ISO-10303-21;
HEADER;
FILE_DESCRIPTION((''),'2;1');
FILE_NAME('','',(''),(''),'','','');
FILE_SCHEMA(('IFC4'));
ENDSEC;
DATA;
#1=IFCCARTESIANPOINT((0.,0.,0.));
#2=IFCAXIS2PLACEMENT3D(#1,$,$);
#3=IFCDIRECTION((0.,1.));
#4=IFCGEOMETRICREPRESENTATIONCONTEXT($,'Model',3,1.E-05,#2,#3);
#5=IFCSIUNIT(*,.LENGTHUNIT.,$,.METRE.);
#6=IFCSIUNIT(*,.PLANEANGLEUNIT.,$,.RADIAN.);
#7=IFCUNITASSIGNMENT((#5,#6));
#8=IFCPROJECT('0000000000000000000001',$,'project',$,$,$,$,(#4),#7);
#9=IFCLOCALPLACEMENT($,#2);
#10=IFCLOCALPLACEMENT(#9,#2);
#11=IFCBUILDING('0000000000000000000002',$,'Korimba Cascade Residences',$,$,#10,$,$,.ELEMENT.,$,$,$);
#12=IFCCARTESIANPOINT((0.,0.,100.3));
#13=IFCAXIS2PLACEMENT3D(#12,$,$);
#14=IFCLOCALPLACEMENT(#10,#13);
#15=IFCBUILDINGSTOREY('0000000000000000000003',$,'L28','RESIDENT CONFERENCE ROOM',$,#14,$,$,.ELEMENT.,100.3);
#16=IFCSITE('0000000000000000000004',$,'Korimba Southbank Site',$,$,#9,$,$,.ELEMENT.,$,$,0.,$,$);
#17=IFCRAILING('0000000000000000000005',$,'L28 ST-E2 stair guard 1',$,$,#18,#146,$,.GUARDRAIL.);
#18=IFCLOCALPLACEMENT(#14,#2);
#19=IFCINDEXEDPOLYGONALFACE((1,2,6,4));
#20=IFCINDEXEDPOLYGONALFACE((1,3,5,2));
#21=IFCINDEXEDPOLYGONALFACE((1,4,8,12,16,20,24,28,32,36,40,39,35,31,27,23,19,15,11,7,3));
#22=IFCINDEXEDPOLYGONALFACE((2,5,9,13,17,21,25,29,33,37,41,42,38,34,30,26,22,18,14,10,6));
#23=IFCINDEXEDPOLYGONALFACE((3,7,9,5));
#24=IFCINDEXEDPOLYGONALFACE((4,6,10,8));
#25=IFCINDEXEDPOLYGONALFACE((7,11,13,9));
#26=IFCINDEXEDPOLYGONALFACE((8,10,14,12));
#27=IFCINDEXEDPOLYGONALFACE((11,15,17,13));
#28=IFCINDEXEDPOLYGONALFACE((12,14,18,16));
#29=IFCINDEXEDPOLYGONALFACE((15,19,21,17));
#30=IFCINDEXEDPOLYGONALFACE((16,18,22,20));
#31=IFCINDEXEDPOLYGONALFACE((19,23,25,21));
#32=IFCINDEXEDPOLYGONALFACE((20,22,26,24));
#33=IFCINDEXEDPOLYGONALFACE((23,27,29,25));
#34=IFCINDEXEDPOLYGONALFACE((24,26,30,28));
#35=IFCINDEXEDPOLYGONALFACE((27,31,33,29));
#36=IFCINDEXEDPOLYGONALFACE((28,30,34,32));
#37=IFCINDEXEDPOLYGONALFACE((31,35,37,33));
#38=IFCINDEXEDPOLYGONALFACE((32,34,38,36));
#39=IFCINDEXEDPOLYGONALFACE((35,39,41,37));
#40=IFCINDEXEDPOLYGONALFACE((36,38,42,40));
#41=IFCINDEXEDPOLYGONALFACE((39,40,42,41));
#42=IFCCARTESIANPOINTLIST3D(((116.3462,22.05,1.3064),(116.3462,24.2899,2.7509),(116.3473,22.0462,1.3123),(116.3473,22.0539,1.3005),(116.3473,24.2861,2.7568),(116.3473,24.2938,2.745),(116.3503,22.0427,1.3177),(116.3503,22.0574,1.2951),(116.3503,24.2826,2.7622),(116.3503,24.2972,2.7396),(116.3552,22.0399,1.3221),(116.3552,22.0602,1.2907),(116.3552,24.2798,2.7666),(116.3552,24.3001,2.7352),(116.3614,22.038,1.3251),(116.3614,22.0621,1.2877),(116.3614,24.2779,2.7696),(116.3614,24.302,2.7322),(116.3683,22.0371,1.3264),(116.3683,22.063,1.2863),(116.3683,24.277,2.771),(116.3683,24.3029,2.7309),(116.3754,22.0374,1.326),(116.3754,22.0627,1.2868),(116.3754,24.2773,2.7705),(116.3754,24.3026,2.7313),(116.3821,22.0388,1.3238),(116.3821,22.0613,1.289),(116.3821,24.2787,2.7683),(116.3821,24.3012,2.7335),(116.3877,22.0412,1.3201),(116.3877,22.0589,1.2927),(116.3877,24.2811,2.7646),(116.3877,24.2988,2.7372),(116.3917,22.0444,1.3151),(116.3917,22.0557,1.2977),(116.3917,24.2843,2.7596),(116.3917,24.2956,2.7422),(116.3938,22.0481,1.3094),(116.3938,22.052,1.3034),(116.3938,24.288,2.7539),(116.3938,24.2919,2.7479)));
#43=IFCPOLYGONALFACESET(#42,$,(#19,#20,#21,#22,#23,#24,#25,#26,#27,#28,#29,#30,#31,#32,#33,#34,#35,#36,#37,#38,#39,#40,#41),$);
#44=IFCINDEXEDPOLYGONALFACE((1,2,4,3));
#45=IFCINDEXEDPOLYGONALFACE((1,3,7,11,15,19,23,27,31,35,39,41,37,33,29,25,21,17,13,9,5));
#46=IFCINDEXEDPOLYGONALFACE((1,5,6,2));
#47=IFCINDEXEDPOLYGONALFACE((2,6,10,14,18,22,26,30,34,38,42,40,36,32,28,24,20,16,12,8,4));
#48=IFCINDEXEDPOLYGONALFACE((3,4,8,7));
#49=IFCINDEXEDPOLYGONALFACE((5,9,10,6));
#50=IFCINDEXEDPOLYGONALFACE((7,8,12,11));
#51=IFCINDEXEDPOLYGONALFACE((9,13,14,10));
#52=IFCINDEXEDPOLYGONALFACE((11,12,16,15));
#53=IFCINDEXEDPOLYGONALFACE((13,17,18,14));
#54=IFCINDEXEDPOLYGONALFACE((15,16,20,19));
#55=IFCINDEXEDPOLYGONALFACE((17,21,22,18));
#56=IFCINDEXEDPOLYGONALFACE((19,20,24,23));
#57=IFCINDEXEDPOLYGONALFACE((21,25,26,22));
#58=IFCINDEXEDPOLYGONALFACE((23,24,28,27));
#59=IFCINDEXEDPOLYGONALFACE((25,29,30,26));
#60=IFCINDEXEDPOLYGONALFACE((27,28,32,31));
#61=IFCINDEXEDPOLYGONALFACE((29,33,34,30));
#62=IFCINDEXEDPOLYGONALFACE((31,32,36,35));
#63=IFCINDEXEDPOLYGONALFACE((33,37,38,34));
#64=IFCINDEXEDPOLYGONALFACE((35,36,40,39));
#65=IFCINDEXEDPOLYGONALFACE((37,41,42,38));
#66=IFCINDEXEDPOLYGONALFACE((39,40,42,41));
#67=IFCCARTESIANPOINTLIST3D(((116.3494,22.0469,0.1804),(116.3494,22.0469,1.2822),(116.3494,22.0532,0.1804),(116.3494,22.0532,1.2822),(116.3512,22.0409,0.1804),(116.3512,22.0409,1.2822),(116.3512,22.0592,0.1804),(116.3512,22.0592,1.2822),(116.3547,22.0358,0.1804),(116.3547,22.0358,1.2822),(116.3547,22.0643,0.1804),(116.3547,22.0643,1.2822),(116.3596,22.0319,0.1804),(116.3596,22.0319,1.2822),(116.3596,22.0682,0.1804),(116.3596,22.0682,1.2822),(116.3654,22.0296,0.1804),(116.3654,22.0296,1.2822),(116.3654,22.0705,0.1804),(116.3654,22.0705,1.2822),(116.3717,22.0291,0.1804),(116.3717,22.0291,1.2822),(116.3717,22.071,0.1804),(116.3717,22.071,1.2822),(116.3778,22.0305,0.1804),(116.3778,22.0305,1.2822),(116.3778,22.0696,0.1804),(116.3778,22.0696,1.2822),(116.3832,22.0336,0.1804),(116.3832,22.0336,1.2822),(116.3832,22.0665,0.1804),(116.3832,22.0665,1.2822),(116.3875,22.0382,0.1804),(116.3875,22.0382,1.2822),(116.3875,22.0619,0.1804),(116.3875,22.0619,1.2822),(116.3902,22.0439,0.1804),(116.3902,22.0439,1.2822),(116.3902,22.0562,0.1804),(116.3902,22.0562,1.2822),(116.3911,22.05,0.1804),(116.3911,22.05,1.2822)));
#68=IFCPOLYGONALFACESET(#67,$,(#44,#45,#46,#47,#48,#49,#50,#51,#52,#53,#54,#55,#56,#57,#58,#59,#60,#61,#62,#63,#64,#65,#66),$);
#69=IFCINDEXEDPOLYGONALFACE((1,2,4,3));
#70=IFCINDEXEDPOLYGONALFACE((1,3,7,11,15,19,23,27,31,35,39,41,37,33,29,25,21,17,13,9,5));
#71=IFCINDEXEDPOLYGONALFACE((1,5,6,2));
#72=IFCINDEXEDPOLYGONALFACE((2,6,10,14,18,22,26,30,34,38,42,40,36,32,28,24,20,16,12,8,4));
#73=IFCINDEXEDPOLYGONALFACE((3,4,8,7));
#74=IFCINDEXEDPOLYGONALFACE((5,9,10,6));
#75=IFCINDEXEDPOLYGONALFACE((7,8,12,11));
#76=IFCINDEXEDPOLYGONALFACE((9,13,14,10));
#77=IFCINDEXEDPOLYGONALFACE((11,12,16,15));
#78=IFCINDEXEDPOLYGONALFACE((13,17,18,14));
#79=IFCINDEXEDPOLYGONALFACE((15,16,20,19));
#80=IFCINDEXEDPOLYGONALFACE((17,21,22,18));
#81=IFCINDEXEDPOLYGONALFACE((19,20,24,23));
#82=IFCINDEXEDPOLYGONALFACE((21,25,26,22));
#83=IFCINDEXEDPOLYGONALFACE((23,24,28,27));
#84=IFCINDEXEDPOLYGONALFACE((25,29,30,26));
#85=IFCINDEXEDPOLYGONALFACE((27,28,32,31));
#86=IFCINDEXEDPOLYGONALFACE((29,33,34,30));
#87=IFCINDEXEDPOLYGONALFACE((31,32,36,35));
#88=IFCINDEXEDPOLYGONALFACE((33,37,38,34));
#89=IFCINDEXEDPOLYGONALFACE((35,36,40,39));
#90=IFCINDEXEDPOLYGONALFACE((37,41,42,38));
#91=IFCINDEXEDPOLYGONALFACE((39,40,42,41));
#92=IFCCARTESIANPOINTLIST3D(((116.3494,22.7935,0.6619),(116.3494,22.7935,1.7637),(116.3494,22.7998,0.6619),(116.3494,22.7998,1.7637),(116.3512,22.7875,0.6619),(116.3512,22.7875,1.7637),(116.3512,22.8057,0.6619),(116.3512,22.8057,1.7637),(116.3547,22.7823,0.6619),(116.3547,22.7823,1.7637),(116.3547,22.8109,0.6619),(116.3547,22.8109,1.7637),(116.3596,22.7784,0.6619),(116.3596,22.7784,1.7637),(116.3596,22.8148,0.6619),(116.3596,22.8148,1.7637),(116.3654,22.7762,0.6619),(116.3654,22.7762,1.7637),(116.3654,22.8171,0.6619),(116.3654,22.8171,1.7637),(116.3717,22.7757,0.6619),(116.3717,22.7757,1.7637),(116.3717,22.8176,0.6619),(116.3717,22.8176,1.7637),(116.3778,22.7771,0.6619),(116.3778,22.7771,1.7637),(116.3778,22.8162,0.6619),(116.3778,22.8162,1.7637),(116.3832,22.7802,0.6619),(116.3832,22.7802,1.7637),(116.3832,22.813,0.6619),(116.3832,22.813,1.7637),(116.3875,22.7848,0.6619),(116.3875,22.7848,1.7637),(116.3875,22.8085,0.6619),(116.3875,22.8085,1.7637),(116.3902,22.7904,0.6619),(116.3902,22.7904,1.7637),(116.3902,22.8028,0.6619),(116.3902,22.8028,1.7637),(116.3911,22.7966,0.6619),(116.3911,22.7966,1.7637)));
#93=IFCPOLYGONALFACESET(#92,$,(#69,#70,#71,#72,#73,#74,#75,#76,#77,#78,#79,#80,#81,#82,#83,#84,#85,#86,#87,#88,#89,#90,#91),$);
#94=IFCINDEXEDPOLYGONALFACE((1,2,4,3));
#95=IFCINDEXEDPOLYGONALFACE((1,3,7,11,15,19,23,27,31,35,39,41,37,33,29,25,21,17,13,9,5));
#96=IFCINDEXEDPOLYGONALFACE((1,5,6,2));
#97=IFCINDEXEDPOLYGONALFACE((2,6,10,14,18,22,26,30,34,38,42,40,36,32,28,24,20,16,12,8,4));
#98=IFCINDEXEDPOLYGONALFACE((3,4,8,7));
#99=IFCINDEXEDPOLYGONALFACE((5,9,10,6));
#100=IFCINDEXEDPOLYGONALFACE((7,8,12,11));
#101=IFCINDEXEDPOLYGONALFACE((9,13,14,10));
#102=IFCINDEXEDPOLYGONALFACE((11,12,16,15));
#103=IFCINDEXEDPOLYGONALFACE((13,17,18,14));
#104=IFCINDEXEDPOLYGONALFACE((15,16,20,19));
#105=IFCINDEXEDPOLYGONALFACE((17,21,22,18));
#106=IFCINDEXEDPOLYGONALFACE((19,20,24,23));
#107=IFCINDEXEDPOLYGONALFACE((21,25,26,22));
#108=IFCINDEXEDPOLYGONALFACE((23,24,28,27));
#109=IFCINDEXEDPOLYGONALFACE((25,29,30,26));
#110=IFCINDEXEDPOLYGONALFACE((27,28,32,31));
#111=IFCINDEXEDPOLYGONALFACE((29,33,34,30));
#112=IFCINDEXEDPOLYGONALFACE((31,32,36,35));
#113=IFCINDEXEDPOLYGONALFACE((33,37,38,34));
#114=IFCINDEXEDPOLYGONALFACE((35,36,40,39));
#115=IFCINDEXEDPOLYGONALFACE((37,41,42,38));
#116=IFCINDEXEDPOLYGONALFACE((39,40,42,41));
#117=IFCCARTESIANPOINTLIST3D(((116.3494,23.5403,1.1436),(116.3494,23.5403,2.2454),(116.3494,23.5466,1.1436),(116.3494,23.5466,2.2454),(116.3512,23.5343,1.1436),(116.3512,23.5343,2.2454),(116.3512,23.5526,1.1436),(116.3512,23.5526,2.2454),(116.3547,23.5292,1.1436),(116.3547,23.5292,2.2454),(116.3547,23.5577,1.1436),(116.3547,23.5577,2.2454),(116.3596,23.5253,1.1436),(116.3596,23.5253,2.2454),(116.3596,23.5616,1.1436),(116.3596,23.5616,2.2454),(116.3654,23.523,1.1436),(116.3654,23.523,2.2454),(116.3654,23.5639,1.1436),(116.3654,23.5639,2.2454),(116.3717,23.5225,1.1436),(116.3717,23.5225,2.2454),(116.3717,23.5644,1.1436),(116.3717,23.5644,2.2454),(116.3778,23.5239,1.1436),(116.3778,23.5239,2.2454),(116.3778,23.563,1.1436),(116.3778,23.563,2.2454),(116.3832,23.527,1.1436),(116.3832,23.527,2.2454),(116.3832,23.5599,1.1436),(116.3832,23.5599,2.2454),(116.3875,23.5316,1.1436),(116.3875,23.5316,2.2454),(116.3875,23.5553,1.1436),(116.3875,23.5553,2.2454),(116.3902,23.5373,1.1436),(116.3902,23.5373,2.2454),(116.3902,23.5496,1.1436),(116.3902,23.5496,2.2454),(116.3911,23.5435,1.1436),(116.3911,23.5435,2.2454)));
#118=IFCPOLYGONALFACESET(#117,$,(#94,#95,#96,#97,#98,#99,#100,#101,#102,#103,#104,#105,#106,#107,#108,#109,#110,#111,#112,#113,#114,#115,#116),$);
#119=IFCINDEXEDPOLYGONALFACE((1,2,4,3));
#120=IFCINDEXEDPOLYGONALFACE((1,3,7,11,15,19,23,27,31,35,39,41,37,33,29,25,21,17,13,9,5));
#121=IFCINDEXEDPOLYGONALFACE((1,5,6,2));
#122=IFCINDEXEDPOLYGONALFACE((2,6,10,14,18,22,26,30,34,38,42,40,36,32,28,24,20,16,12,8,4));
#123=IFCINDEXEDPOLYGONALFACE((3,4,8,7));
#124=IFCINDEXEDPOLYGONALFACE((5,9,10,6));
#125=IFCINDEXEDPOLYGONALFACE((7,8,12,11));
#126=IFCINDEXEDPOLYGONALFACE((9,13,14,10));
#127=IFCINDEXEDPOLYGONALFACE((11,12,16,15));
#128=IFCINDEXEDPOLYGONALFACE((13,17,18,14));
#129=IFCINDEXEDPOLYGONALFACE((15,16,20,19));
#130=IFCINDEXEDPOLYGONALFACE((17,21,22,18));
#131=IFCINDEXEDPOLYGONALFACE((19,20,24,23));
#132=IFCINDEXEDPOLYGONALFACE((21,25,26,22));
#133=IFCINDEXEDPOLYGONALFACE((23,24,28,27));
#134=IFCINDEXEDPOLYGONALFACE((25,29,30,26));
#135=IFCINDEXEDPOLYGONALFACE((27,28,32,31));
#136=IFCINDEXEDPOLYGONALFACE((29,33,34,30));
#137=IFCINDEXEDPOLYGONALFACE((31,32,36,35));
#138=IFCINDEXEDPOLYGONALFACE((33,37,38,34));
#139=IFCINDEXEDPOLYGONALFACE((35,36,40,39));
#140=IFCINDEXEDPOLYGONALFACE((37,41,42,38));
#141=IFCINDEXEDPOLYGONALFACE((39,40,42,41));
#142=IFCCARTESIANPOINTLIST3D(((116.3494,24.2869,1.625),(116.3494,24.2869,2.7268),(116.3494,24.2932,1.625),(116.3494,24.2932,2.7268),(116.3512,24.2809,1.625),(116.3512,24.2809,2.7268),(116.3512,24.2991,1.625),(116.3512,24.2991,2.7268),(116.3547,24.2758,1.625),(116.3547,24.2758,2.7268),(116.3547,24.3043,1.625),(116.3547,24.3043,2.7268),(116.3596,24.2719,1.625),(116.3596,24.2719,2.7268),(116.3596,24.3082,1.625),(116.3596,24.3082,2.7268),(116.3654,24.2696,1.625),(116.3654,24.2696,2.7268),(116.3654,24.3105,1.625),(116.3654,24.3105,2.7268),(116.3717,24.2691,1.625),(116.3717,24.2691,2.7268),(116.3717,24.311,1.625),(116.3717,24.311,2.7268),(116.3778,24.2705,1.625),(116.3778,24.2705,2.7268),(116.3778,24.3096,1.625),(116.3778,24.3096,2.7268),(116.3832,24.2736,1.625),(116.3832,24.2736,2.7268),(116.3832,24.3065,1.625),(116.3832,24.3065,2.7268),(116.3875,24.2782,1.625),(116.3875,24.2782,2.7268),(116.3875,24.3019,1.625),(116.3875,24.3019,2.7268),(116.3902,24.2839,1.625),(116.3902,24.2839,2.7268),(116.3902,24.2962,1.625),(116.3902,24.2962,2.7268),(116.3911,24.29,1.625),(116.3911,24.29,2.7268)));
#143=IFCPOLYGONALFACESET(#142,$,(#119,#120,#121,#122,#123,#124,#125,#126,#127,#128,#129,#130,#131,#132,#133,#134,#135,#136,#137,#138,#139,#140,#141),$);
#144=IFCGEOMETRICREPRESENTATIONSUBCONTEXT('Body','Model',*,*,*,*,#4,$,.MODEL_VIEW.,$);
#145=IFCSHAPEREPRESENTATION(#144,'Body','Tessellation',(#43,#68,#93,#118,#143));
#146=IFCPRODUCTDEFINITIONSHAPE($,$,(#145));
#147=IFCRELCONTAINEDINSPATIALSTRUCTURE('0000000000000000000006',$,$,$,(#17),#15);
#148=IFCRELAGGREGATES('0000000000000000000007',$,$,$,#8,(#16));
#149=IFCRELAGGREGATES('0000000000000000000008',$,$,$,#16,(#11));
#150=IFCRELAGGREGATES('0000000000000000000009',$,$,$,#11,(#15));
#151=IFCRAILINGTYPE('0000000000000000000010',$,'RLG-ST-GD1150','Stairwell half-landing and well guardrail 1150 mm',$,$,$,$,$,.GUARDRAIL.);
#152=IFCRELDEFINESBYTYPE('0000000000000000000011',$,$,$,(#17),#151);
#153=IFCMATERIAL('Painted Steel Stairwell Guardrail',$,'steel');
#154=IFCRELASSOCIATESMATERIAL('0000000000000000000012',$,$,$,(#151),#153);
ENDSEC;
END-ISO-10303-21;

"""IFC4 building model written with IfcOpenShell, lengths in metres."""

from ifc_helpers import new_model, si_unit, direction, frame, origin, origin_2d, place, context, subcontext, project, spatial, circle, extrude, material, type_object, element, save


model = new_model("IFC4")

# Units and contexts
model_context = context("Model", 3, precision=1e-05, world=origin(), true_north=direction((0.0, 1.0)))
body_context = subcontext(model_context, "Body", "Model", "MODEL_VIEW")
ifc_project = project(units=[si_unit("LENGTHUNIT", "METRE"), si_unit("PLANEANGLEUNIT", "RADIAN")], contexts=[model_context])

# Site, building, storey
site_placement = place(None, origin())
site = spatial("IfcSite", under=ifc_project, at=site_placement, Name="Korimba Southbank Site", CompositionType="ELEMENT", RefElevation=0.0)
building_placement = place(site_placement, origin())
building = spatial("IfcBuilding", under=site, at=building_placement, Name="Korimba Cascade Residences", CompositionType="ELEMENT")
storey_placement = place(building_placement, frame((0.0, 0.0, 100.3)))
storey = spatial("IfcBuildingStorey", under=building, at=storey_placement, Name="L28", Description="RESIDENT CONFERENCE ROOM", CompositionType="ELEMENT", Elevation=100.3)

# Railing
ifc_material_1 = material(Name="Painted Steel Stairwell Guardrail", Category="steel")
railing_type = type_object("IfcRailingType", Name="RLG-ST-GD1150", Description="Stairwell half-landing and well guardrail 1150 mm", PredefinedType="GUARDRAIL", material=ifc_material_1)
railing_1_placement = place(storey_placement, frame((116.3701, 22.05, 0.1804)))
element("IfcRailing", 1, at=railing_1_placement, inside=storey, type_object=railing_type, Name="L28 ST-E2 stair guard 1", PredefinedType="GUARDRAIL", context=body_context, shape_type="SweptSolid", body=[
    extrude(circle(Radius=0.0239, at=origin_2d()), frame((0.0, 0.0, 1.126), z_axis=(0.0, 0.840395, 0.541975), x_axis=(-1.0, 0.0, 0.0)), (0.0, 0.0, 1.0), 2.6653),
    extrude(circle(Radius=0.021, at=origin_2d()), origin(), (0.0, 0.0, 1.0), 1.1018),
    extrude(circle(Radius=0.021, at=origin_2d()), frame((0.0, 0.7466, 0.4814)), (0.0, 0.0, 1.0), 1.1018),
    extrude(circle(Radius=0.021, at=origin_2d()), frame((0.0, 1.4934, 0.9631)), (0.0, 0.0, 1.0), 1.1018),
    extrude(circle(Radius=0.021, at=origin_2d()), frame((0.0, 2.24, 1.4446)), (0.0, 0.0, 1.0), 1.1018),
])

save(model, "model.ifc")
